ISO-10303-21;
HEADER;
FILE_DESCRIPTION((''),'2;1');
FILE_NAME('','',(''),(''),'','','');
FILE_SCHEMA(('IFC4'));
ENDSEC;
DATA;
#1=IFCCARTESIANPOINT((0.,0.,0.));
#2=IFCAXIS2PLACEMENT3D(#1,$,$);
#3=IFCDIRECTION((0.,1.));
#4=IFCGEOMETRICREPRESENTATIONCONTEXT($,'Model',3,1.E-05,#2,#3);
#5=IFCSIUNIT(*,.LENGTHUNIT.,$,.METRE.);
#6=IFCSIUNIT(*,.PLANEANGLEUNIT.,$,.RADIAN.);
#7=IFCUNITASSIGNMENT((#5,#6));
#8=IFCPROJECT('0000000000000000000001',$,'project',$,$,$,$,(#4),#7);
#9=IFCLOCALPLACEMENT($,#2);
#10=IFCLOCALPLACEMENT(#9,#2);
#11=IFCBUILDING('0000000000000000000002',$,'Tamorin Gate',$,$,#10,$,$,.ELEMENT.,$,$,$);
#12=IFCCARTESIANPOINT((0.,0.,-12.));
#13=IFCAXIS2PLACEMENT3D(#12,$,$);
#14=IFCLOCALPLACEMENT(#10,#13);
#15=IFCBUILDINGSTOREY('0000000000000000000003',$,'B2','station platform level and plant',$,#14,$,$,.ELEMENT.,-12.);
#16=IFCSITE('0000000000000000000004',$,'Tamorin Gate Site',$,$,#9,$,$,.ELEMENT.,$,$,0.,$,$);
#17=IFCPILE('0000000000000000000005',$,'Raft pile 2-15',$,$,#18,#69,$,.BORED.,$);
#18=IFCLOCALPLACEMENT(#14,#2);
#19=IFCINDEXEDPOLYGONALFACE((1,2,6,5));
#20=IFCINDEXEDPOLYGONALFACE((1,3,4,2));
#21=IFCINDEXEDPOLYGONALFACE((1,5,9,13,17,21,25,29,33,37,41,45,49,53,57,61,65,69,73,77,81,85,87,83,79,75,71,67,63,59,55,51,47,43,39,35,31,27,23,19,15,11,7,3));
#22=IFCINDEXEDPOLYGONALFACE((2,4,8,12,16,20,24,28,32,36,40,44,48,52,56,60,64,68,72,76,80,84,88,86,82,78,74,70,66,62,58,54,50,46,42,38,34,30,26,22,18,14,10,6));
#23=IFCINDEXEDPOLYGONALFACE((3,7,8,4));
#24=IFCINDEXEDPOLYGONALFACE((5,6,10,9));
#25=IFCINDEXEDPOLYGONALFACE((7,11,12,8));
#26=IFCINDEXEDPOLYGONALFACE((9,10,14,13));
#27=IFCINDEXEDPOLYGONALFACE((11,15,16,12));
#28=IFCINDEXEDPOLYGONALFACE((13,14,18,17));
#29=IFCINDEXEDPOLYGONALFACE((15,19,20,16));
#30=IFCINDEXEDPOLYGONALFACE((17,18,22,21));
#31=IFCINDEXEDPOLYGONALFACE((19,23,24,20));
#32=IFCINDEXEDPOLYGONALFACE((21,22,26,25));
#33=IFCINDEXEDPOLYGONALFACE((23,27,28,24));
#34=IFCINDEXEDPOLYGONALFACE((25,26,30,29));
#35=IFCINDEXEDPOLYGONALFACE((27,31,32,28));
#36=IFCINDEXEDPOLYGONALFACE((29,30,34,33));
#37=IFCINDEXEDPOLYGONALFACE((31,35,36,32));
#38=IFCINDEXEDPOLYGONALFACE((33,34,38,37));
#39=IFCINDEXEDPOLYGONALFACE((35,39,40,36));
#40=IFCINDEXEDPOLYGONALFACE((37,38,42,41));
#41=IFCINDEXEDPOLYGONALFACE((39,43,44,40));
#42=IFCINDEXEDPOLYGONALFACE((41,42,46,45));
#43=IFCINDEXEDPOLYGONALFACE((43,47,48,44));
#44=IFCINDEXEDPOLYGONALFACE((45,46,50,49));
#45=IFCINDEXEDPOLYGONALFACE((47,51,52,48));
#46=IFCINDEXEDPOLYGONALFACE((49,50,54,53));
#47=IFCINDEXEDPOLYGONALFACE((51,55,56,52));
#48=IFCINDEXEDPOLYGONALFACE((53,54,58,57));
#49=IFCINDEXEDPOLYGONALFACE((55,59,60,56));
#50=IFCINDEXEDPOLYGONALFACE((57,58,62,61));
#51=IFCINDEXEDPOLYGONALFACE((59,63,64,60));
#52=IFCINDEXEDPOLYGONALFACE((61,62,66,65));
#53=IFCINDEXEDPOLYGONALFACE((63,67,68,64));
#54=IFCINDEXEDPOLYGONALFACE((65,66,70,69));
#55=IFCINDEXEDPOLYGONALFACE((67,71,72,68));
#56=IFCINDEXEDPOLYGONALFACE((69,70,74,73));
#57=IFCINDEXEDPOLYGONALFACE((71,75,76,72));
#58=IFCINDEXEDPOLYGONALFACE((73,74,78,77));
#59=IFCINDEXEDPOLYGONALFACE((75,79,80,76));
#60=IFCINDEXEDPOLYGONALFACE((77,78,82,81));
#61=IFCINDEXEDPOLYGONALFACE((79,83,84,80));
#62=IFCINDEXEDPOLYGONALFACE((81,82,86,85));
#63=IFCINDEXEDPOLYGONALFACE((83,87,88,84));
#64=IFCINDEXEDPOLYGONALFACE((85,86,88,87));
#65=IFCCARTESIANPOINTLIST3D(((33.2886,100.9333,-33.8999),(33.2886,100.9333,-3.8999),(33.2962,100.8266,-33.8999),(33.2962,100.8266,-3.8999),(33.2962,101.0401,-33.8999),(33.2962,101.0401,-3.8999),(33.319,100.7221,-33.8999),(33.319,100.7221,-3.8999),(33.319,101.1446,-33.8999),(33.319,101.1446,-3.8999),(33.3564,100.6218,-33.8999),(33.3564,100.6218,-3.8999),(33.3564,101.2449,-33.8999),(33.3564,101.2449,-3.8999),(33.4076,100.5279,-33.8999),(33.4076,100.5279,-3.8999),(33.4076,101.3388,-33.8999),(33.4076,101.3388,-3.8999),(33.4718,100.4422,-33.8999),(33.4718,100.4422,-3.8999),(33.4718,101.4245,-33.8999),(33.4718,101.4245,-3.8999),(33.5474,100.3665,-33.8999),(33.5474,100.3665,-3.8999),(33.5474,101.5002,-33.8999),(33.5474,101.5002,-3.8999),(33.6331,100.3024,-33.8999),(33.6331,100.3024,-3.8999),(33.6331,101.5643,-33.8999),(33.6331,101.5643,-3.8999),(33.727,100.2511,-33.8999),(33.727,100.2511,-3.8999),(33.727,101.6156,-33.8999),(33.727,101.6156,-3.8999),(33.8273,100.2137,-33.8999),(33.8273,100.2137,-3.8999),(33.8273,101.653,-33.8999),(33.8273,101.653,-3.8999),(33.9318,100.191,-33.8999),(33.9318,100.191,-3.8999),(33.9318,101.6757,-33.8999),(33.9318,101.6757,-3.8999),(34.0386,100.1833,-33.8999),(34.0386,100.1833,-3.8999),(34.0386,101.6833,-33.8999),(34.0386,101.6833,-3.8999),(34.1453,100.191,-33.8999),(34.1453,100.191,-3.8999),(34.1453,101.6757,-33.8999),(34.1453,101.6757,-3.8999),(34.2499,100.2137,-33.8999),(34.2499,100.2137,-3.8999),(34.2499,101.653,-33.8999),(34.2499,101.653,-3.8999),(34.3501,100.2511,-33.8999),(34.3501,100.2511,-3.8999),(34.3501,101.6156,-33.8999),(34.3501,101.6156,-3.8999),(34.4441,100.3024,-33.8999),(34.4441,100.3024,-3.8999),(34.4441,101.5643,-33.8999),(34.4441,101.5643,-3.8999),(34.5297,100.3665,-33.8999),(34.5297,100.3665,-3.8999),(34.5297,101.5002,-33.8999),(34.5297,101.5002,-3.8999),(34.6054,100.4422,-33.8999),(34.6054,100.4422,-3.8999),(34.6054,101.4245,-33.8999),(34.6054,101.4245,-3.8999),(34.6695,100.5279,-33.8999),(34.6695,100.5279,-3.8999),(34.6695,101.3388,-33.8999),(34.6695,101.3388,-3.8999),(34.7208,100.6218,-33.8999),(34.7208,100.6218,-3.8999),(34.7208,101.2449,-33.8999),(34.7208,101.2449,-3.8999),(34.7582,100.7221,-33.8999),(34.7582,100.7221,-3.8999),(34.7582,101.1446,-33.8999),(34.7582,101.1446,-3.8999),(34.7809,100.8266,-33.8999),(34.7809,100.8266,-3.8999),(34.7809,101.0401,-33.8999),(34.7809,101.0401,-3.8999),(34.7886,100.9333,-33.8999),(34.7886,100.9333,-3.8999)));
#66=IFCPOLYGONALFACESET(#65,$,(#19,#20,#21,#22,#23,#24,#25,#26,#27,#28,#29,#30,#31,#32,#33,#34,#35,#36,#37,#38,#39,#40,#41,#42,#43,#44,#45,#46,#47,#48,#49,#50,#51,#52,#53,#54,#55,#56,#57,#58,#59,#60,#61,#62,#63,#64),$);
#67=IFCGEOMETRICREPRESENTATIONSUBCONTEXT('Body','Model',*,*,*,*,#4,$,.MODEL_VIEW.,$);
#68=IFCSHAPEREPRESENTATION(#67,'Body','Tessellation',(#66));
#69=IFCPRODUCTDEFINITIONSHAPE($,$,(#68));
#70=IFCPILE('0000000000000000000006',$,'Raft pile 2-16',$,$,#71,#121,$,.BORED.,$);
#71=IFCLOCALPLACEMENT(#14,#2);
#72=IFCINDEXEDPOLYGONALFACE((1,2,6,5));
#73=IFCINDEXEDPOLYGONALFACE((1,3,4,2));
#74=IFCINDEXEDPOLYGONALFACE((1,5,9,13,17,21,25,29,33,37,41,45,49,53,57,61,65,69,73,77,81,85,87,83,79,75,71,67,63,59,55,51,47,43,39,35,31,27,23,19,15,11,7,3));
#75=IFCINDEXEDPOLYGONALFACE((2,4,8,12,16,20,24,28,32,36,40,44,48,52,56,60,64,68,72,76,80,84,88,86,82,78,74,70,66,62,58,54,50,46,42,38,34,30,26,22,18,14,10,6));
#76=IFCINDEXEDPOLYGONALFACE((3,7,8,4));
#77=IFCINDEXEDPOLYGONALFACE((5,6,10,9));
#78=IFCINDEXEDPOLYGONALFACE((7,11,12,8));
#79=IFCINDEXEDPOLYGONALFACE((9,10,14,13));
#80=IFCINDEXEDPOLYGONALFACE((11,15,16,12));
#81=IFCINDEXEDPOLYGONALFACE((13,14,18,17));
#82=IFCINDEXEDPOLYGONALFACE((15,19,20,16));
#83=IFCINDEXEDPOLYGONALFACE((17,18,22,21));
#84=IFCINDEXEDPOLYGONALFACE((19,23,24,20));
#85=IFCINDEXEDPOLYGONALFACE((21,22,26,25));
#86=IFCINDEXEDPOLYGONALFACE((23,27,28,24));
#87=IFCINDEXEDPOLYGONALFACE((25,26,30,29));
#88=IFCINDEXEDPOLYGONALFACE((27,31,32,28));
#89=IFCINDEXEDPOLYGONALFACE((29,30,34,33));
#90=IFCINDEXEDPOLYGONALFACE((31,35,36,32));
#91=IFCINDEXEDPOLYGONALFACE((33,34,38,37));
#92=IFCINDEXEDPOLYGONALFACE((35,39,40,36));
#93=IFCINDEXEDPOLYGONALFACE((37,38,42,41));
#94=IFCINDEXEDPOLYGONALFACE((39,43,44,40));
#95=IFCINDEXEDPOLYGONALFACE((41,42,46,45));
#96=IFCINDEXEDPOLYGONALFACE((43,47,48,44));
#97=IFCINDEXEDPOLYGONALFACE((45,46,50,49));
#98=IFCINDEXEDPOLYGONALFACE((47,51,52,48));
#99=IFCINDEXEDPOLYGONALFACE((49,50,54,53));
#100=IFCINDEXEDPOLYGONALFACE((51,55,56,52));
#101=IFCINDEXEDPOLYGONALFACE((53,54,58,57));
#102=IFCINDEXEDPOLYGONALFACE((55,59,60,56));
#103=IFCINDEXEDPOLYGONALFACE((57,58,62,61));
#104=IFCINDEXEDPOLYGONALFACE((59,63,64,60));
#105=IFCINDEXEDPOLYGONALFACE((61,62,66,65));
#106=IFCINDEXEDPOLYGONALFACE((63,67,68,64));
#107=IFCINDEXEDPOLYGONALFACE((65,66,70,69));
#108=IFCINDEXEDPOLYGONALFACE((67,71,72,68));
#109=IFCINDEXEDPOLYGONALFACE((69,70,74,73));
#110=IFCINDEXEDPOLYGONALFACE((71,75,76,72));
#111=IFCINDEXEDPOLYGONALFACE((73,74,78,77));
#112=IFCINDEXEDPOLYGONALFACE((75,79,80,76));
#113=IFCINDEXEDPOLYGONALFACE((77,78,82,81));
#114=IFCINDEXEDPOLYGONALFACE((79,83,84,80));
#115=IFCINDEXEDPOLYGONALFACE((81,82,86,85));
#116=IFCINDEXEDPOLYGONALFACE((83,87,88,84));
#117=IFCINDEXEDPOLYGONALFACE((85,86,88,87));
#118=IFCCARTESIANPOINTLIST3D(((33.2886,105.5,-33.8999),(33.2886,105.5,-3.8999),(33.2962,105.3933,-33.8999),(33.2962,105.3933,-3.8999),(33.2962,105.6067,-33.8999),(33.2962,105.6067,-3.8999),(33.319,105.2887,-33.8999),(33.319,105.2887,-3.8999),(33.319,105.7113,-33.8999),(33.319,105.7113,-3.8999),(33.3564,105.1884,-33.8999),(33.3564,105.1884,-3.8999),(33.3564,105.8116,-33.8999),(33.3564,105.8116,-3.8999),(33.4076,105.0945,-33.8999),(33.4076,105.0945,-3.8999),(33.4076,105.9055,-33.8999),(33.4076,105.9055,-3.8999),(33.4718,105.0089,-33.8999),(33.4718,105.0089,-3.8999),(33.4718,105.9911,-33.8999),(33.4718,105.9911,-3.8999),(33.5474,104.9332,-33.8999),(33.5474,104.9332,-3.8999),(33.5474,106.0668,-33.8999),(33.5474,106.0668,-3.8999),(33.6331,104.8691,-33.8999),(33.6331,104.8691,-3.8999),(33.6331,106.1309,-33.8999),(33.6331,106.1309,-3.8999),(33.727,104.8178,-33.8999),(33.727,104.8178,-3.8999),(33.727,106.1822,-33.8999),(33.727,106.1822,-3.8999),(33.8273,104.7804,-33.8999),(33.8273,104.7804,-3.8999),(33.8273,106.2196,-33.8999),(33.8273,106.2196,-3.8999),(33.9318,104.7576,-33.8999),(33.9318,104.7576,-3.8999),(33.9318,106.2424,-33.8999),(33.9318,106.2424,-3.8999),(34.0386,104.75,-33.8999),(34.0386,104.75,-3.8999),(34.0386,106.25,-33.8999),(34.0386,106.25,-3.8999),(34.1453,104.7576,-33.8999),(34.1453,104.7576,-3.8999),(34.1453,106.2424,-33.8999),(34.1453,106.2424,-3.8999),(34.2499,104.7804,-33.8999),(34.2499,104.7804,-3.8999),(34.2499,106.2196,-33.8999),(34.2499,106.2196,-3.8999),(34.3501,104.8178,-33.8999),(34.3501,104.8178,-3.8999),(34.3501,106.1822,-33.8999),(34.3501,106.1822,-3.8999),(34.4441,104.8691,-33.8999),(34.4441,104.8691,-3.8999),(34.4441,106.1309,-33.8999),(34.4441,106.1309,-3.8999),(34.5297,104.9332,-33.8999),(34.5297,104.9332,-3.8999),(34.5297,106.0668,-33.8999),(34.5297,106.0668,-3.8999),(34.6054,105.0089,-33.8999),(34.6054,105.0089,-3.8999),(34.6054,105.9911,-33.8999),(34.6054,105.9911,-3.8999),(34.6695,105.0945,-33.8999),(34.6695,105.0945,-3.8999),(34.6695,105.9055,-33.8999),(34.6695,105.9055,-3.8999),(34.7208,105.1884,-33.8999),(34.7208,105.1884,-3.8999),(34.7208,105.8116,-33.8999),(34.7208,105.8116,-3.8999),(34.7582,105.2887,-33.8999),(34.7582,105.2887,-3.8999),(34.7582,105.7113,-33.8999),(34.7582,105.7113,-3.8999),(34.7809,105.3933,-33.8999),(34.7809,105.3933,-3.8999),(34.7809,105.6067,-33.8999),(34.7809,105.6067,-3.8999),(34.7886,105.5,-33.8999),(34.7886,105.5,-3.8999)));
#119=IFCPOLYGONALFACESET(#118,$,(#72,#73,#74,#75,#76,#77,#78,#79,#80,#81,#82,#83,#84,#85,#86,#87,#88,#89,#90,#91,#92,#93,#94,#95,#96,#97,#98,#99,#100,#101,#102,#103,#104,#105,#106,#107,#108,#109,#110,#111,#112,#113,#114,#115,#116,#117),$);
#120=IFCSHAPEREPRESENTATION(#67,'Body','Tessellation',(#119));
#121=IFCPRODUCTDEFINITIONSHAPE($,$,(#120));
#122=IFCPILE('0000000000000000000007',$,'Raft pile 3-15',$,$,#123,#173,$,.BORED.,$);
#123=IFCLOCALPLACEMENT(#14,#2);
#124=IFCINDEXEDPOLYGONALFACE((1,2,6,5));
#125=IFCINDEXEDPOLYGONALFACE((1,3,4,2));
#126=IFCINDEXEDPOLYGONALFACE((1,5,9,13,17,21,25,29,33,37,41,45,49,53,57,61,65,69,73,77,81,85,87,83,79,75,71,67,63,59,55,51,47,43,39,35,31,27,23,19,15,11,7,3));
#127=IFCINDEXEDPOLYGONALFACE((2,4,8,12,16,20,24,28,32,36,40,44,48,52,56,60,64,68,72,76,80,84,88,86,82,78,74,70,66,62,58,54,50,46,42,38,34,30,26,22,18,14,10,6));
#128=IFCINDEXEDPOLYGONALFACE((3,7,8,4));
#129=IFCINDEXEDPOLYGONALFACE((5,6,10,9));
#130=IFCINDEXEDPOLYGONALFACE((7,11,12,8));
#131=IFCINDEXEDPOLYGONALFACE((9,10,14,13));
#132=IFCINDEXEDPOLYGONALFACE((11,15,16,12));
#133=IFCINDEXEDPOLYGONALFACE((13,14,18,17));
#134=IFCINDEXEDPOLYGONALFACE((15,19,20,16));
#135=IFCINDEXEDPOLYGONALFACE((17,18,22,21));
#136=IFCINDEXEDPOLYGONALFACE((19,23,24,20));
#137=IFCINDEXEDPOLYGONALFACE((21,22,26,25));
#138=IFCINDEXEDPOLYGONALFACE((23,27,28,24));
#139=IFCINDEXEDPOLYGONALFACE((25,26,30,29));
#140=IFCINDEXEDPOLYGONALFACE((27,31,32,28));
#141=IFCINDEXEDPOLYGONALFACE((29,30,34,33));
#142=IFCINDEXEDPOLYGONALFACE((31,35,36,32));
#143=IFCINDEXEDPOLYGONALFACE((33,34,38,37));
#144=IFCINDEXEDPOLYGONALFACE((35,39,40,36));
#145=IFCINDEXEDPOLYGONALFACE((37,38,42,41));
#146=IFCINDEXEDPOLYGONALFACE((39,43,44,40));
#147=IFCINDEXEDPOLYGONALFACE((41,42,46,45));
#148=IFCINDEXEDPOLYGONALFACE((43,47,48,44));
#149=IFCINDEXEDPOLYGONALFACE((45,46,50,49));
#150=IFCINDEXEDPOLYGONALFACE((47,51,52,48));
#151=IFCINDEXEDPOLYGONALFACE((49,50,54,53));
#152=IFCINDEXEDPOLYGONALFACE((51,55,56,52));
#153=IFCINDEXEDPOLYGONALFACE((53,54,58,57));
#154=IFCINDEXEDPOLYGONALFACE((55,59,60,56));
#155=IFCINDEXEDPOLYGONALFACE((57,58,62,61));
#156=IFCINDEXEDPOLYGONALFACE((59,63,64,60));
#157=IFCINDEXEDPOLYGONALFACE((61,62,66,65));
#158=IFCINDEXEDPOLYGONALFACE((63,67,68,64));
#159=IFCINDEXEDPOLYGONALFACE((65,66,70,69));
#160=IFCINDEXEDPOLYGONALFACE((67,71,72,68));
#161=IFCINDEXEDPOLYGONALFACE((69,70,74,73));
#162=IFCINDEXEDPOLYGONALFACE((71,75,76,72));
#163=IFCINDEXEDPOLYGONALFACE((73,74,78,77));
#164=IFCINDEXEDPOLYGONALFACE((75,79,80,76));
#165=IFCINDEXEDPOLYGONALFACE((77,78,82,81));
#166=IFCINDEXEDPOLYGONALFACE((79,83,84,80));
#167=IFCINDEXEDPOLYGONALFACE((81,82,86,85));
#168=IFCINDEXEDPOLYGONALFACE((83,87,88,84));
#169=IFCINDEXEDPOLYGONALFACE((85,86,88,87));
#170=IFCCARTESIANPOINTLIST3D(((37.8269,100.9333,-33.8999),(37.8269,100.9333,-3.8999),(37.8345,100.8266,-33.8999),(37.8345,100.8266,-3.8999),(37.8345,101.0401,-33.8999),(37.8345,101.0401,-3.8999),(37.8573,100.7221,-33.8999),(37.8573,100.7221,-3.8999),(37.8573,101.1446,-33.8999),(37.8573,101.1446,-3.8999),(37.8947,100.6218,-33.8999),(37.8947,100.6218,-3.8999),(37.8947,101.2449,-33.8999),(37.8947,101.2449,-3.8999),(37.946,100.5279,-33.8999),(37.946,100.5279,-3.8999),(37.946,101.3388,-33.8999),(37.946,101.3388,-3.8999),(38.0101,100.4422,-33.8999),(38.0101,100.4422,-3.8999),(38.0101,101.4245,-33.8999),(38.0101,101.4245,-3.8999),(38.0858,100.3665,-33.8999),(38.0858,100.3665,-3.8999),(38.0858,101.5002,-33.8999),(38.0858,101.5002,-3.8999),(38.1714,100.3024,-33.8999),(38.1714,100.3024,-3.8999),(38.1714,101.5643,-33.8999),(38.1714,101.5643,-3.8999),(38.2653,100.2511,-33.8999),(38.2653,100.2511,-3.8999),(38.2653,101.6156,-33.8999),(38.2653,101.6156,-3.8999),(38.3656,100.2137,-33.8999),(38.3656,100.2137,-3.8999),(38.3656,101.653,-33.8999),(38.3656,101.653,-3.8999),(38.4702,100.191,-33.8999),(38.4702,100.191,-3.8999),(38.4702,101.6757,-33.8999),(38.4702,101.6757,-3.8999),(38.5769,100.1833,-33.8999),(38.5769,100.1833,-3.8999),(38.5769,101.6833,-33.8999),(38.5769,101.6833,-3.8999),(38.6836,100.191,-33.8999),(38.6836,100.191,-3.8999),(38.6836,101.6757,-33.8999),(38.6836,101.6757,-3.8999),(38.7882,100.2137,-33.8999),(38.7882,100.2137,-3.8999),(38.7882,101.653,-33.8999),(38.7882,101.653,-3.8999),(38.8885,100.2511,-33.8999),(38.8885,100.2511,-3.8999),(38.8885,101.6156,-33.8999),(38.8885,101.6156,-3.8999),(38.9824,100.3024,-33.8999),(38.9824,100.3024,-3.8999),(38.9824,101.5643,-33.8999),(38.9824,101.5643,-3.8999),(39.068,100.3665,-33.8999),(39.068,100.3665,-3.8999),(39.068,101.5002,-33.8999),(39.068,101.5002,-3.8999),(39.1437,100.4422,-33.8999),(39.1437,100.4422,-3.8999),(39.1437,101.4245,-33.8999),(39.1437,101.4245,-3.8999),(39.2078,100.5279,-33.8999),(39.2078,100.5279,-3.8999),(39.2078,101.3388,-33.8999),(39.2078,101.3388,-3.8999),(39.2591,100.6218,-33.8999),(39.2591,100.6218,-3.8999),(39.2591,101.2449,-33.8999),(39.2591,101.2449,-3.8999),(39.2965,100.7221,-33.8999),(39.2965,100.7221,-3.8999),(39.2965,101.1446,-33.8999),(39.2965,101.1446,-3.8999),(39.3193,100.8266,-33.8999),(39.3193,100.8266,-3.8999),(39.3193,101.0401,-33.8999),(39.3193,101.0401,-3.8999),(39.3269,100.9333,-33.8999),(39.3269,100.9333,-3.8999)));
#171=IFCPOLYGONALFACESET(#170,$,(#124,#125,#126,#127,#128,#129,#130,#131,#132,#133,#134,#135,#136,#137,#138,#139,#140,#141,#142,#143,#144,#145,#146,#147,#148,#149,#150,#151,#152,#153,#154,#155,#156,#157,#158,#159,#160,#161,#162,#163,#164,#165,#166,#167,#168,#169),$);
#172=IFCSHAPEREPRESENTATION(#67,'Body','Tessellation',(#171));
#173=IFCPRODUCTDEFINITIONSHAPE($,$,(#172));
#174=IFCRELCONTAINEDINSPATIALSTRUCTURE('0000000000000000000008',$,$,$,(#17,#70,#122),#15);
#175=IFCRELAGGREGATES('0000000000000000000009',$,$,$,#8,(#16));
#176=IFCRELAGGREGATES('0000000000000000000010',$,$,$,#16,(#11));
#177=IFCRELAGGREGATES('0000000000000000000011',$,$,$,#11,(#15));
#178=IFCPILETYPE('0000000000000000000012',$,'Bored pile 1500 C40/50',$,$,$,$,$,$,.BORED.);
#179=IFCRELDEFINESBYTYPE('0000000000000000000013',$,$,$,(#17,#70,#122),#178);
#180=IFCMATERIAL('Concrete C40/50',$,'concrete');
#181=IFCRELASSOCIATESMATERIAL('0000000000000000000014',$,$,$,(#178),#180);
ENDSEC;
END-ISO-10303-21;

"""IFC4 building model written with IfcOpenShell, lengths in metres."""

from ifc_helpers import new_model, si_unit, direction, frame, origin, origin_2d, place, context, subcontext, project, spatial, circle, extrude, material, material_profile, profile_set, type_object, element, save


model = new_model("IFC4")

# Units and contexts
model_context = context("Model", 3, precision=1e-05, world=origin(), true_north=direction((0.0, 1.0)))
body_context = subcontext(model_context, "Body", "Model", "MODEL_VIEW")
ifc_project = project(units=[si_unit("LENGTHUNIT", "METRE"), si_unit("PLANEANGLEUNIT", "RADIAN")], contexts=[model_context])

# Site, building, storey
site_placement = place(None, origin())
site = spatial("IfcSite", under=ifc_project, at=site_placement, Name="Tamorin Gate Site", CompositionType="ELEMENT", RefElevation=0.0)
building_placement = place(site_placement, origin())
building = spatial("IfcBuilding", under=site, at=building_placement, Name="Tamorin Gate", CompositionType="ELEMENT")
storey_placement = place(building_placement, frame((0.0, 0.0, -12.0)))
storey = spatial("IfcBuildingStorey", under=building, at=storey_placement, Name="B2", Description="station platform level and plant", CompositionType="ELEMENT", Elevation=-12.0)

# Piles
ifc_material_1 = material(Name="Concrete C40/50", Category="concrete")
ifc_material_profile_1 = material_profile(ifc_material_1, circle(Radius=0.75, at=origin_2d()))
ifc_profile_set_1 = profile_set([ifc_material_profile_1], Name="Concrete C40/50")
pile_type = type_object("IfcPileType", Name="Bored pile 1500 C40/50", PredefinedType="BORED", material=ifc_profile_set_1)
for number, where, z_axis, x_axis, name in (
    (1, (34.0386, 100.9333, -3.8999), (0.0, 0.0, -1.0), (1.0, 0.0, 0.0), "Raft pile 2-15"),
    (2, (34.0386, 105.5, -3.8999), (0.0, 0.0, -1.0), (1.0, 0.0, 0.0), "Raft pile 2-16"),
    (3, (38.5769, 100.9333, -3.8999), (0.0, 0.0, -1.0), (1.0, 0.0, 0.0), "Raft pile 3-15"),
):
    element("IfcPile", number, at=place(storey_placement, frame(where, z_axis=z_axis, x_axis=x_axis)), inside=storey, type_object=pile_type, Name=name, PredefinedType="BORED", context=body_context, shape_type="SweptSolid", body=[
        extrude(circle(Radius=0.75, at=origin_2d()), origin(), (0.0, 0.0, 1.0), 30.0),
    ])

save(model, "model.ifc")
